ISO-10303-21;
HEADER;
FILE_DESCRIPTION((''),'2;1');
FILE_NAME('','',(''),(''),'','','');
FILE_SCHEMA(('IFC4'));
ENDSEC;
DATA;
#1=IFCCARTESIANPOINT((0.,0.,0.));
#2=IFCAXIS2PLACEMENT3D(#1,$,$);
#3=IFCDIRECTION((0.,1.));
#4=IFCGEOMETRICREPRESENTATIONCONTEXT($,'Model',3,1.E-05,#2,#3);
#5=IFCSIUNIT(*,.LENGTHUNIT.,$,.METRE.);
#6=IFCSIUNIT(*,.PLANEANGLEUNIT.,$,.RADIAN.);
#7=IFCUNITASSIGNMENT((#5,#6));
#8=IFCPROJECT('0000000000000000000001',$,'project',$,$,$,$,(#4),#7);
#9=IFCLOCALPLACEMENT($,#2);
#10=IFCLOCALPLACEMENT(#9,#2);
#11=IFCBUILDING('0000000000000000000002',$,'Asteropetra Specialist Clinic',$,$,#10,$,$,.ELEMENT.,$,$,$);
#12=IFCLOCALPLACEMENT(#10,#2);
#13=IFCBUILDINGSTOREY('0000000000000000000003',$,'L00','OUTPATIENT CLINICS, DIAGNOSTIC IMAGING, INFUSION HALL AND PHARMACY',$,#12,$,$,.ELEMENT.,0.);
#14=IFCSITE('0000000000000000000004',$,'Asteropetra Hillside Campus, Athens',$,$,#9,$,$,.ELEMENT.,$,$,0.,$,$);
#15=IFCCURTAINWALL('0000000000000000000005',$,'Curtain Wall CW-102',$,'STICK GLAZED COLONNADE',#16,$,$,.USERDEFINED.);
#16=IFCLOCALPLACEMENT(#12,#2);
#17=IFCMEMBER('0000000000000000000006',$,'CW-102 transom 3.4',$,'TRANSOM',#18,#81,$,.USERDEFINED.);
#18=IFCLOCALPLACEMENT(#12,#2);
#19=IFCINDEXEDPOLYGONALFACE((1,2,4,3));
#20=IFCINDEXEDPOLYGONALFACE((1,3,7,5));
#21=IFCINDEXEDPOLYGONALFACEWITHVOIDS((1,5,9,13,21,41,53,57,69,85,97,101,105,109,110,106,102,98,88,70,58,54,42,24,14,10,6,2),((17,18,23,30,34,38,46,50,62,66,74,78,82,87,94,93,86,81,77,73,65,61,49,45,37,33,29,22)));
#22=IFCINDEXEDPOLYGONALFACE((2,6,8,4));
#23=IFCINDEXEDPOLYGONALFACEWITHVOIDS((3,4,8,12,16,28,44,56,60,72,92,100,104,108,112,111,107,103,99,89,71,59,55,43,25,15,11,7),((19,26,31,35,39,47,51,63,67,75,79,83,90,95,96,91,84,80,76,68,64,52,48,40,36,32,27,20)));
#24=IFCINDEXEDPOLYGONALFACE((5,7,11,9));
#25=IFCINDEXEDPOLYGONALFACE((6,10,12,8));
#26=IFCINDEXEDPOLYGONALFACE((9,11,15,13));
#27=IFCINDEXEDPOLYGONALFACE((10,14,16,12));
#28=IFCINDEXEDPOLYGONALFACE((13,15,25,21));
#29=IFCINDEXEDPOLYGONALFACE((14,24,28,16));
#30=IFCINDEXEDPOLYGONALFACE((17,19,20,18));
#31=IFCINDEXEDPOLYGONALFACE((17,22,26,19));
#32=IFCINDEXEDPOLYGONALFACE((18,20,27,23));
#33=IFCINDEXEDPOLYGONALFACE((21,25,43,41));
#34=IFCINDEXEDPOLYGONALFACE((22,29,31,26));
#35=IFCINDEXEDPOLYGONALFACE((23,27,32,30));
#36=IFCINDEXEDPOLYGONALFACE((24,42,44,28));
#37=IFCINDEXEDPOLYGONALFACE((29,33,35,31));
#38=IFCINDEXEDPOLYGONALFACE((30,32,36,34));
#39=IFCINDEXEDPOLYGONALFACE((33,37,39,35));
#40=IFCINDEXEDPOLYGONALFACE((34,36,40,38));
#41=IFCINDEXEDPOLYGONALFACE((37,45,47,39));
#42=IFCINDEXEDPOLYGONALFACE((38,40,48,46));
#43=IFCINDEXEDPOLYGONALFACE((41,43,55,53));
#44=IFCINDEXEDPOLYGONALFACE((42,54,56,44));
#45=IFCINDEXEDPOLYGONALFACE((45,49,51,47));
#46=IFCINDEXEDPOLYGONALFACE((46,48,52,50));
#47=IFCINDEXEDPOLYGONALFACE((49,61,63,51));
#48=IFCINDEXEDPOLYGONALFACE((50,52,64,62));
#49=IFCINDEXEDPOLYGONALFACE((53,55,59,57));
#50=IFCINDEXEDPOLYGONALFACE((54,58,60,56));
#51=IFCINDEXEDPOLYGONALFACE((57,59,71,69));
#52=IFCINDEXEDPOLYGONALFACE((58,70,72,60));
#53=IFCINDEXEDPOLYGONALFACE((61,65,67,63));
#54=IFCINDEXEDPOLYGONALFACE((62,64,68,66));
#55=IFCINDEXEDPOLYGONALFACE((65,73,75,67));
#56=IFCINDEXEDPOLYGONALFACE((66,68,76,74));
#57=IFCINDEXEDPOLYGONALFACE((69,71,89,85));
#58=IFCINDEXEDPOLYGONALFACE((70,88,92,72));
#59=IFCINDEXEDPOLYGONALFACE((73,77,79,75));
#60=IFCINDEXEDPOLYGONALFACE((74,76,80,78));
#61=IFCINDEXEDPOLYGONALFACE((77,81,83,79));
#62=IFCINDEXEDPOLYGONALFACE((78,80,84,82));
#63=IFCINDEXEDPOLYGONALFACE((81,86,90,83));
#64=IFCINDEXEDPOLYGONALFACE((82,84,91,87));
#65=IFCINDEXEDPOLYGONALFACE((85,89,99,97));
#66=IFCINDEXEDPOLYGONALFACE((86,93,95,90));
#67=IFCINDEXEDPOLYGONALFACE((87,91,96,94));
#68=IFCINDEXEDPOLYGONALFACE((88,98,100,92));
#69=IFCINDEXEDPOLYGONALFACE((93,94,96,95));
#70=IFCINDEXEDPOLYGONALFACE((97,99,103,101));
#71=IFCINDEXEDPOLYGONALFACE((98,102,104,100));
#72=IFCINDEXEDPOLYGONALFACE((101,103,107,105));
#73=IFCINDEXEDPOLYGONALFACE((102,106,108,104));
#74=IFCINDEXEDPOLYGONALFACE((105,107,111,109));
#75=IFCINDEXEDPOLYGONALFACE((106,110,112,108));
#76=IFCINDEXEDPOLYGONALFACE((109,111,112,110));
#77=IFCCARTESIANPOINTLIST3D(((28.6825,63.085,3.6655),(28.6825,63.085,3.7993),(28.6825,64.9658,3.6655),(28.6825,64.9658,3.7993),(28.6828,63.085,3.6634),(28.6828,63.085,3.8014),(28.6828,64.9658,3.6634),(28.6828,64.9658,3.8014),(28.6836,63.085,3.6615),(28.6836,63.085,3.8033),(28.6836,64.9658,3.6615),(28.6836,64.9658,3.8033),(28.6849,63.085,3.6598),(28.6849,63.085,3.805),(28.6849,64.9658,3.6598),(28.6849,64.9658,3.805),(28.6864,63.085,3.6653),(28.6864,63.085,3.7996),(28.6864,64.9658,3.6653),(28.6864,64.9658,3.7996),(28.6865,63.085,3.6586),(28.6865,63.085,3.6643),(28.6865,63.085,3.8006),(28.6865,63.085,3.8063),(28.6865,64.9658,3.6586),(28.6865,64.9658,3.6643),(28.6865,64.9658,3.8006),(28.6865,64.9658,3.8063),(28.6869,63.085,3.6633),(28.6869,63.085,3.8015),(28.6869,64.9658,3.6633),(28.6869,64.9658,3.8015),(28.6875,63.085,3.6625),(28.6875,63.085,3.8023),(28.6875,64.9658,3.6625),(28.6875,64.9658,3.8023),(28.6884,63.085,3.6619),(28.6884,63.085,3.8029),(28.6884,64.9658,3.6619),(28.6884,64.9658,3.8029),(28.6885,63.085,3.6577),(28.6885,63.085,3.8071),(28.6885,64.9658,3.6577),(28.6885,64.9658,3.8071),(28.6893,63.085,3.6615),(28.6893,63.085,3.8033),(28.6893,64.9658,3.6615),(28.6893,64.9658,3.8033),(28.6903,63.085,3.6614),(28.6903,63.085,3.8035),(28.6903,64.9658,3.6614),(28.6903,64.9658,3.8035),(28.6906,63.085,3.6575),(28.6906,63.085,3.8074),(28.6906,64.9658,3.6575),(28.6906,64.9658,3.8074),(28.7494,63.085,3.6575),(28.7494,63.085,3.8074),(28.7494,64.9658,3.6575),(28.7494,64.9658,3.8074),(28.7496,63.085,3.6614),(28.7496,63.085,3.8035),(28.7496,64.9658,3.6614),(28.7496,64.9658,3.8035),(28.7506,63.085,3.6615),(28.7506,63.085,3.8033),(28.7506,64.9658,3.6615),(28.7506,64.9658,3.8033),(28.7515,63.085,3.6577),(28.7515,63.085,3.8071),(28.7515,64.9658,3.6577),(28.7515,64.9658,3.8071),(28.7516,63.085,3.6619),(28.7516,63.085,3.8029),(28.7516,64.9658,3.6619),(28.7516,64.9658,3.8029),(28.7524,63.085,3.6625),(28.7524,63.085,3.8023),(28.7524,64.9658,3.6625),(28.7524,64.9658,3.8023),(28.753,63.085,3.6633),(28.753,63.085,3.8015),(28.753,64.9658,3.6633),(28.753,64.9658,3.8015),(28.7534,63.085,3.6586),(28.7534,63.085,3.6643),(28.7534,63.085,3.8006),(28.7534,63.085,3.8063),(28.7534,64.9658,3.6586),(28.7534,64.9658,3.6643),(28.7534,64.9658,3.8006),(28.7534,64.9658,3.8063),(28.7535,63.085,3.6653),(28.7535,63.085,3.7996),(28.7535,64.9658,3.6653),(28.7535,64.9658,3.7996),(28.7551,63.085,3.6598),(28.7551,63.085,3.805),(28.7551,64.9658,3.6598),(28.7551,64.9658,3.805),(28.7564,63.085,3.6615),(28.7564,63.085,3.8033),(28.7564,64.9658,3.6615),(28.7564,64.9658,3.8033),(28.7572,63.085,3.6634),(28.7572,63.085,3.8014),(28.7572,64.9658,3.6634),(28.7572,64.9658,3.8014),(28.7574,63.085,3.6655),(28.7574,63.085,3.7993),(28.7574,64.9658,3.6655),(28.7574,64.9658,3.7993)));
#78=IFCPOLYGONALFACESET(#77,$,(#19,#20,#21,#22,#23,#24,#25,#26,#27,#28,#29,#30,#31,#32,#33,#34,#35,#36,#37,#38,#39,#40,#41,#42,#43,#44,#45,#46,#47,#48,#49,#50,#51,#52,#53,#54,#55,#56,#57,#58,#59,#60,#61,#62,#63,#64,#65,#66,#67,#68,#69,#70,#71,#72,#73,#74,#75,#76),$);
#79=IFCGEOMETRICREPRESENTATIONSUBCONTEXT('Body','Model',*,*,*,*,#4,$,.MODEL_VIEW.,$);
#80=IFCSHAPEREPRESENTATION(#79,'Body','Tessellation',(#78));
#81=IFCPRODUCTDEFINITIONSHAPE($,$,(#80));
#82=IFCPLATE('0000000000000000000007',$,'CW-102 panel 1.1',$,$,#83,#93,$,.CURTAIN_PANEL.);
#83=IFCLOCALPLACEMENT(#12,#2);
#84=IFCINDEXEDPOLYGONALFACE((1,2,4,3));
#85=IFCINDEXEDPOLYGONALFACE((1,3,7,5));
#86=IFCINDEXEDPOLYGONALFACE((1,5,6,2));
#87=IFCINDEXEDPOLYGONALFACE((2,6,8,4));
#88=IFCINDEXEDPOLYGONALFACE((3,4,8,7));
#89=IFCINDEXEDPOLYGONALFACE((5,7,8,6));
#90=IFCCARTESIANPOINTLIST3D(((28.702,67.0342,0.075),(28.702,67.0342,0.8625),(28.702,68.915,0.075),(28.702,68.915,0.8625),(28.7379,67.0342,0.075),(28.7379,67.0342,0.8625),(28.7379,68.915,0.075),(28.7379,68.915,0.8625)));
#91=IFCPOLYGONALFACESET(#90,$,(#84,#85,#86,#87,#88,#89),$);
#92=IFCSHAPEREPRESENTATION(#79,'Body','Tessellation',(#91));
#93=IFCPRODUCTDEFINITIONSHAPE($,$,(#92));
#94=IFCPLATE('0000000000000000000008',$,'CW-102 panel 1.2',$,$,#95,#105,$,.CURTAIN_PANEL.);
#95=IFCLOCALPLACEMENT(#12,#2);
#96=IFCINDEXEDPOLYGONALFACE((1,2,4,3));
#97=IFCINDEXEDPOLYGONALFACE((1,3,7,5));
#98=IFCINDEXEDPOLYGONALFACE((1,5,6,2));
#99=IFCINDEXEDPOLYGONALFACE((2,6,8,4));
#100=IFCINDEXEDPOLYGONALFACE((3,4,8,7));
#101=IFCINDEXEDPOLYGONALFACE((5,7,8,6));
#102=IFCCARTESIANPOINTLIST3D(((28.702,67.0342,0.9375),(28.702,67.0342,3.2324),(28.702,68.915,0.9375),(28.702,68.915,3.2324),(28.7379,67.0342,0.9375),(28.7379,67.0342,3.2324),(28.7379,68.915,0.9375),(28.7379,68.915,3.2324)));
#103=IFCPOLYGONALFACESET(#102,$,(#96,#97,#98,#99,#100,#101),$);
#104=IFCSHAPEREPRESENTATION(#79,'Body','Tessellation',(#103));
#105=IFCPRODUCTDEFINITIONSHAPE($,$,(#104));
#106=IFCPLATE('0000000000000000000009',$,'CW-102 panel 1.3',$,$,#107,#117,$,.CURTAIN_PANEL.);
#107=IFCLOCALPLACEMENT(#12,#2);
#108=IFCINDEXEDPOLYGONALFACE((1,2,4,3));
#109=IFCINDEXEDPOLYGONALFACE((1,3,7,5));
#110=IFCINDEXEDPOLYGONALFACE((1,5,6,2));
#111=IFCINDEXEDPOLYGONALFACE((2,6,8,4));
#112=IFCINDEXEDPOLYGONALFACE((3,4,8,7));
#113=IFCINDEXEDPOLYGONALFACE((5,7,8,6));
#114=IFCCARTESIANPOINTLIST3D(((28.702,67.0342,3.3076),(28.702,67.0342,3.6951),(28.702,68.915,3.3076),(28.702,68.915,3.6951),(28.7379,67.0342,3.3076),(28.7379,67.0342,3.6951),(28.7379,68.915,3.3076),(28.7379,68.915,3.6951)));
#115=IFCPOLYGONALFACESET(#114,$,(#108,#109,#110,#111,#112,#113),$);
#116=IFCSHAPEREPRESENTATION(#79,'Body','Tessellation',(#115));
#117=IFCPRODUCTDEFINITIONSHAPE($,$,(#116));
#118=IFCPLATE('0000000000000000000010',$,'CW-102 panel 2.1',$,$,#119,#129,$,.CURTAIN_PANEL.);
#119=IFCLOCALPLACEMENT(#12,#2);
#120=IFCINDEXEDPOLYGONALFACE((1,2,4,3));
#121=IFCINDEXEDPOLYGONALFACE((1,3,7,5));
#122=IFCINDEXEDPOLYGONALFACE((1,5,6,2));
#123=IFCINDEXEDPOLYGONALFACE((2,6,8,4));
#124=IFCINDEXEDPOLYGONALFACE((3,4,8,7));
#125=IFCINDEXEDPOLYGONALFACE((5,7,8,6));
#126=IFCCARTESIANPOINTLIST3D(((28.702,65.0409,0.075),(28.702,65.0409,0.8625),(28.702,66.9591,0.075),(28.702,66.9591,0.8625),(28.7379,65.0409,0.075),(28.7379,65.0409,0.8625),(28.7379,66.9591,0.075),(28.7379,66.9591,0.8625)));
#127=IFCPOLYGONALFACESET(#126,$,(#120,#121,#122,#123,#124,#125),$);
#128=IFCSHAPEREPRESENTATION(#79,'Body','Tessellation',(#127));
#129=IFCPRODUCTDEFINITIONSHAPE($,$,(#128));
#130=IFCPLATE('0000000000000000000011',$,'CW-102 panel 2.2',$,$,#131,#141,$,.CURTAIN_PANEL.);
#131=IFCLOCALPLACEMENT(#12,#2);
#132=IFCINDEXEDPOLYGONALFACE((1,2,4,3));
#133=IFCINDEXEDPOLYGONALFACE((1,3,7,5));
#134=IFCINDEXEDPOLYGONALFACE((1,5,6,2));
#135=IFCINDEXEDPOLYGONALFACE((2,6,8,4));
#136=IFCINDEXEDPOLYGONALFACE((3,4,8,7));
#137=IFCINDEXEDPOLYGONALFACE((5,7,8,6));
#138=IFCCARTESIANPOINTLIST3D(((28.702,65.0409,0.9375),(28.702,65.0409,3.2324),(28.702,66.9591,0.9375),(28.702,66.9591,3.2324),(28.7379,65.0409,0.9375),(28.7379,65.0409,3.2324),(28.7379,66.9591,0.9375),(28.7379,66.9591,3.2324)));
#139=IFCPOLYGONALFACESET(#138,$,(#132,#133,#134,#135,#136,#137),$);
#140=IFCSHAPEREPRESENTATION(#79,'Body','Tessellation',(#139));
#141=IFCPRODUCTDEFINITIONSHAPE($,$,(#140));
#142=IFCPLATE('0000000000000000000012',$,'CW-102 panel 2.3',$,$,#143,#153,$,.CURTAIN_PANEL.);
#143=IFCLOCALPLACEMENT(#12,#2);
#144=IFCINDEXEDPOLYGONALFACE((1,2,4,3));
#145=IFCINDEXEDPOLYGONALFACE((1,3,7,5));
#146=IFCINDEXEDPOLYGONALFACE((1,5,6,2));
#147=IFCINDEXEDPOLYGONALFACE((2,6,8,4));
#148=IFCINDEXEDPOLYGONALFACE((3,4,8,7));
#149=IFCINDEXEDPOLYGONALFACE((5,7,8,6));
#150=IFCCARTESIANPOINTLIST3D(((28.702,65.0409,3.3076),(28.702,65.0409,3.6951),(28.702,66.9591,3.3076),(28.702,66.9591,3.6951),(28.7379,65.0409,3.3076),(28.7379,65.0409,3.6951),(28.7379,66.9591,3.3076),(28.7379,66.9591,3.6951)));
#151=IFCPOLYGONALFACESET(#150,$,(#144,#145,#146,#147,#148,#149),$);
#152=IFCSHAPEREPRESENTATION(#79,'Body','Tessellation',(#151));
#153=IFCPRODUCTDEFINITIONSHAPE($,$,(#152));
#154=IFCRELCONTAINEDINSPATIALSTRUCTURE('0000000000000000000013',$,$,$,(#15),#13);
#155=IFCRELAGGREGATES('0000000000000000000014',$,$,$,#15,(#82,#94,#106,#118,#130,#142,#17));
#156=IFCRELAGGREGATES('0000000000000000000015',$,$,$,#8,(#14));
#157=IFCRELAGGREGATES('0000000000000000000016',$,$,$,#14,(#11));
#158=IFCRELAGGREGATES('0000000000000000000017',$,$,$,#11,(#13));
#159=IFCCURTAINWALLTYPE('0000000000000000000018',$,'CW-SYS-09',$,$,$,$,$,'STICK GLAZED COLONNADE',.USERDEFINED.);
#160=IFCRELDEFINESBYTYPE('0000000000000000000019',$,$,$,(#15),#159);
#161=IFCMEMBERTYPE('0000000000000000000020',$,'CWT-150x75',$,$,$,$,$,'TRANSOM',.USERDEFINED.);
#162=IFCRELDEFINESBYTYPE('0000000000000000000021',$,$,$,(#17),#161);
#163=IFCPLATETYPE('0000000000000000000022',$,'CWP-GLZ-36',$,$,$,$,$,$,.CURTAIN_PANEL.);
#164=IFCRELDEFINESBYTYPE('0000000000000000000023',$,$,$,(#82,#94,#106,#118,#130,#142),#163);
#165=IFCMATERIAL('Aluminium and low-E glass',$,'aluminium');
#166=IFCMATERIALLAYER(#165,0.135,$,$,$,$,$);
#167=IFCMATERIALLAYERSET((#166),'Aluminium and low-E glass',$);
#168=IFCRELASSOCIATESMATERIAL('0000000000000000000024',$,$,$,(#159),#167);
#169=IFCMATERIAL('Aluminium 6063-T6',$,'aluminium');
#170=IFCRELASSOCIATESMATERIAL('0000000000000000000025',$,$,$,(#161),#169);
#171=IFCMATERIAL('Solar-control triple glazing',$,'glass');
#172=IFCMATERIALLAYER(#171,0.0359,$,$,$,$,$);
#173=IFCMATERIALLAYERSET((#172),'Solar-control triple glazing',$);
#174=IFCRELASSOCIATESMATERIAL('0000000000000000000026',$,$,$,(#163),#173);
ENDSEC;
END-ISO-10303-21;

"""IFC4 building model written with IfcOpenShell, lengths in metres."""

from ifc_helpers import new_model, si_unit, direction, frame, origin, origin_2d, place, context, subcontext, project, spatial, rectangle, hollow_rectangle, extrude, material, layer, layer_set, material_profile, profile_set, type_object, element, aggregate, save


model = new_model("IFC4")

# Units and contexts
model_context = context("Model", 3, precision=1e-05, world=origin(), true_north=direction((0.0, 1.0)))
body_context = subcontext(model_context, "Body", "Model", "MODEL_VIEW")
ifc_project = project(units=[si_unit("LENGTHUNIT", "METRE"), si_unit("PLANEANGLEUNIT", "RADIAN")], contexts=[model_context])

# Site, building, storey
site_placement = place(None, origin())
site = spatial("IfcSite", under=ifc_project, at=site_placement, Name="Asteropetra Hillside Campus, Athens", CompositionType="ELEMENT", RefElevation=0.0)
building_placement = place(site_placement, origin())
building = spatial("IfcBuilding", under=site, at=building_placement, Name="Asteropetra Specialist Clinic", CompositionType="ELEMENT")
storey_placement = place(building_placement, origin())
storey = spatial("IfcBuildingStorey", under=building, at=storey_placement, Name="L00", Description="OUTPATIENT CLINICS, DIAGNOSTIC IMAGING, INFUSION HALL AND PHARMACY", CompositionType="ELEMENT", Elevation=0.0)

# Curtain wall, member, plates
ifc_material_1 = material(Name="Aluminium and low-E glass", Category="aluminium")
ifc_layer_1 = layer(ifc_material_1, 0.135)
ifc_layer_set_1 = layer_set([ifc_layer_1], Name="Aluminium and low-E glass")
curtain_wall_type = type_object("IfcCurtainWallType", Name="CW-SYS-09", ElementType="STICK GLAZED COLONNADE", PredefinedType="USERDEFINED", material=ifc_layer_set_1)
curtain_wall_placement = place(storey_placement, origin())
curtain_wall = element("IfcCurtainWall", 1, at=curtain_wall_placement, inside=storey, type_object=curtain_wall_type, Name="Curtain Wall CW-102", ObjectType="STICK GLAZED COLONNADE", PredefinedType="USERDEFINED")
ifc_material_2 = material(Name="Aluminium 6063-T6", Category="aluminium")
ifc_material_profile_1 = material_profile(ifc_material_2, hollow_rectangle(XDim=0.075, YDim=0.1499, WallThickness=0.0039, InnerFilletRadius=0.0039, OuterFilletRadius=0.0081, at=origin_2d()), Name="TRN 150x75x4.0")
ifc_profile_set_1 = profile_set([ifc_material_profile_1], Name="Aluminium 6063-T6")
member_type_1 = type_object("IfcMemberType", Name="CWT-150x75", ElementType="TRANSOM", PredefinedType="USERDEFINED", material=ifc_profile_set_1)
member_1_placement = place(storey_placement, frame((28.72, 64.9658, 3.7324), z_axis=(0.0, -1.0, 0.0), x_axis=(1.0, 0.0, 0.0)))
member_1 = element("IfcMember", 2, at=member_1_placement, type_object=member_type_1, Name="CW-102 transom 3.4", ObjectType="TRANSOM", PredefinedType="USERDEFINED", context=body_context, shape_type="SweptSolid", body=[
    extrude(hollow_rectangle(XDim=0.075, YDim=0.1499, WallThickness=0.0039, InnerFilletRadius=0.0039, OuterFilletRadius=0.0081, at=origin_2d()), origin(), (0.0, 0.0, 1.0), 1.8809),
])
ifc_material_3 = material(Name="Solar-control triple glazing", Category="glass")
ifc_layer_2 = layer(ifc_material_3, 0.0359)
ifc_layer_set_2 = layer_set([ifc_layer_2], Name="Solar-control triple glazing")
plate_type = type_object("IfcPlateType", Name="CWP-GLZ-36", PredefinedType="CURTAIN_PANEL", material=ifc_layer_set_2)
plate_1_placement = place(storey_placement, frame((28.72, 67.9746, 0.075), z_axis=(0.0, 0.0, 1.0), x_axis=(0.0, -1.0, 0.0)))
plate_1 = element("IfcPlate", 3, at=plate_1_placement, type_object=plate_type, Name="CW-102 panel 1.1", PredefinedType="CURTAIN_PANEL", context=body_context, shape_type="SweptSolid", body=[
    extrude(rectangle(XDim=1.8809, YDim=0.0359, at=origin_2d()), origin(), (0.0, 0.0, 1.0), 0.7876),
])
plate_2_placement = place(storey_placement, frame((28.72, 67.9746, 0.9375), z_axis=(0.0, 0.0, 1.0), x_axis=(0.0, -1.0, 0.0)))
plate_2 = element("IfcPlate", 4, at=plate_2_placement, type_object=plate_type, Name="CW-102 panel 1.2", PredefinedType="CURTAIN_PANEL", context=body_context, shape_type="SweptSolid", body=[
    extrude(rectangle(XDim=1.8809, YDim=0.0359, at=origin_2d()), origin(), (0.0, 0.0, 1.0), 2.2949),
])
plate_3_placement = place(storey_placement, frame((28.72, 67.9746, 3.3076), z_axis=(0.0, 0.0, 1.0), x_axis=(0.0, -1.0, 0.0)))
plate_3 = element("IfcPlate", 5, at=plate_3_placement, type_object=plate_type, Name="CW-102 panel 1.3", PredefinedType="CURTAIN_PANEL", context=body_context, shape_type="SweptSolid", body=[
    extrude(rectangle(XDim=1.8809, YDim=0.0359, at=origin_2d()), origin(), (0.0, 0.0, 1.0), 0.3875),
])
plate_4_placement = place(storey_placement, frame((28.72, 66.0, 0.075), z_axis=(0.0, 0.0, 1.0), x_axis=(0.0, -1.0, 0.0)))
plate_4 = element("IfcPlate", 6, at=plate_4_placement, type_object=plate_type, Name="CW-102 panel 2.1", PredefinedType="CURTAIN_PANEL", context=body_context, shape_type="SweptSolid", body=[
    extrude(rectangle(XDim=1.9182, YDim=0.0359, at=origin_2d()), origin(), (0.0, 0.0, 1.0), 0.7876),
])
plate_5_placement = place(storey_placement, frame((28.72, 66.0, 0.9375), z_axis=(0.0, 0.0, 1.0), x_axis=(0.0, -1.0, 0.0)))
plate_5 = element("IfcPlate", 7, at=plate_5_placement, type_object=plate_type, Name="CW-102 panel 2.2", PredefinedType="CURTAIN_PANEL", context=body_context, shape_type="SweptSolid", body=[
    extrude(rectangle(XDim=1.9182, YDim=0.0359, at=origin_2d()), origin(), (0.0, 0.0, 1.0), 2.2949),
])
plate_6_placement = place(storey_placement, frame((28.72, 66.0, 3.3076), z_axis=(0.0, 0.0, 1.0), x_axis=(0.0, -1.0, 0.0)))
plate_6 = element("IfcPlate", 8, at=plate_6_placement, type_object=plate_type, Name="CW-102 panel 2.3", PredefinedType="CURTAIN_PANEL", context=body_context, shape_type="SweptSolid", body=[
    extrude(rectangle(XDim=1.9182, YDim=0.0359, at=origin_2d()), origin(), (0.0, 0.0, 1.0), 0.3875),
])
aggregate(curtain_wall, [plate_1, plate_2, plate_3, plate_4, plate_5, plate_6, member_1])

save(model, "model.ifc")
